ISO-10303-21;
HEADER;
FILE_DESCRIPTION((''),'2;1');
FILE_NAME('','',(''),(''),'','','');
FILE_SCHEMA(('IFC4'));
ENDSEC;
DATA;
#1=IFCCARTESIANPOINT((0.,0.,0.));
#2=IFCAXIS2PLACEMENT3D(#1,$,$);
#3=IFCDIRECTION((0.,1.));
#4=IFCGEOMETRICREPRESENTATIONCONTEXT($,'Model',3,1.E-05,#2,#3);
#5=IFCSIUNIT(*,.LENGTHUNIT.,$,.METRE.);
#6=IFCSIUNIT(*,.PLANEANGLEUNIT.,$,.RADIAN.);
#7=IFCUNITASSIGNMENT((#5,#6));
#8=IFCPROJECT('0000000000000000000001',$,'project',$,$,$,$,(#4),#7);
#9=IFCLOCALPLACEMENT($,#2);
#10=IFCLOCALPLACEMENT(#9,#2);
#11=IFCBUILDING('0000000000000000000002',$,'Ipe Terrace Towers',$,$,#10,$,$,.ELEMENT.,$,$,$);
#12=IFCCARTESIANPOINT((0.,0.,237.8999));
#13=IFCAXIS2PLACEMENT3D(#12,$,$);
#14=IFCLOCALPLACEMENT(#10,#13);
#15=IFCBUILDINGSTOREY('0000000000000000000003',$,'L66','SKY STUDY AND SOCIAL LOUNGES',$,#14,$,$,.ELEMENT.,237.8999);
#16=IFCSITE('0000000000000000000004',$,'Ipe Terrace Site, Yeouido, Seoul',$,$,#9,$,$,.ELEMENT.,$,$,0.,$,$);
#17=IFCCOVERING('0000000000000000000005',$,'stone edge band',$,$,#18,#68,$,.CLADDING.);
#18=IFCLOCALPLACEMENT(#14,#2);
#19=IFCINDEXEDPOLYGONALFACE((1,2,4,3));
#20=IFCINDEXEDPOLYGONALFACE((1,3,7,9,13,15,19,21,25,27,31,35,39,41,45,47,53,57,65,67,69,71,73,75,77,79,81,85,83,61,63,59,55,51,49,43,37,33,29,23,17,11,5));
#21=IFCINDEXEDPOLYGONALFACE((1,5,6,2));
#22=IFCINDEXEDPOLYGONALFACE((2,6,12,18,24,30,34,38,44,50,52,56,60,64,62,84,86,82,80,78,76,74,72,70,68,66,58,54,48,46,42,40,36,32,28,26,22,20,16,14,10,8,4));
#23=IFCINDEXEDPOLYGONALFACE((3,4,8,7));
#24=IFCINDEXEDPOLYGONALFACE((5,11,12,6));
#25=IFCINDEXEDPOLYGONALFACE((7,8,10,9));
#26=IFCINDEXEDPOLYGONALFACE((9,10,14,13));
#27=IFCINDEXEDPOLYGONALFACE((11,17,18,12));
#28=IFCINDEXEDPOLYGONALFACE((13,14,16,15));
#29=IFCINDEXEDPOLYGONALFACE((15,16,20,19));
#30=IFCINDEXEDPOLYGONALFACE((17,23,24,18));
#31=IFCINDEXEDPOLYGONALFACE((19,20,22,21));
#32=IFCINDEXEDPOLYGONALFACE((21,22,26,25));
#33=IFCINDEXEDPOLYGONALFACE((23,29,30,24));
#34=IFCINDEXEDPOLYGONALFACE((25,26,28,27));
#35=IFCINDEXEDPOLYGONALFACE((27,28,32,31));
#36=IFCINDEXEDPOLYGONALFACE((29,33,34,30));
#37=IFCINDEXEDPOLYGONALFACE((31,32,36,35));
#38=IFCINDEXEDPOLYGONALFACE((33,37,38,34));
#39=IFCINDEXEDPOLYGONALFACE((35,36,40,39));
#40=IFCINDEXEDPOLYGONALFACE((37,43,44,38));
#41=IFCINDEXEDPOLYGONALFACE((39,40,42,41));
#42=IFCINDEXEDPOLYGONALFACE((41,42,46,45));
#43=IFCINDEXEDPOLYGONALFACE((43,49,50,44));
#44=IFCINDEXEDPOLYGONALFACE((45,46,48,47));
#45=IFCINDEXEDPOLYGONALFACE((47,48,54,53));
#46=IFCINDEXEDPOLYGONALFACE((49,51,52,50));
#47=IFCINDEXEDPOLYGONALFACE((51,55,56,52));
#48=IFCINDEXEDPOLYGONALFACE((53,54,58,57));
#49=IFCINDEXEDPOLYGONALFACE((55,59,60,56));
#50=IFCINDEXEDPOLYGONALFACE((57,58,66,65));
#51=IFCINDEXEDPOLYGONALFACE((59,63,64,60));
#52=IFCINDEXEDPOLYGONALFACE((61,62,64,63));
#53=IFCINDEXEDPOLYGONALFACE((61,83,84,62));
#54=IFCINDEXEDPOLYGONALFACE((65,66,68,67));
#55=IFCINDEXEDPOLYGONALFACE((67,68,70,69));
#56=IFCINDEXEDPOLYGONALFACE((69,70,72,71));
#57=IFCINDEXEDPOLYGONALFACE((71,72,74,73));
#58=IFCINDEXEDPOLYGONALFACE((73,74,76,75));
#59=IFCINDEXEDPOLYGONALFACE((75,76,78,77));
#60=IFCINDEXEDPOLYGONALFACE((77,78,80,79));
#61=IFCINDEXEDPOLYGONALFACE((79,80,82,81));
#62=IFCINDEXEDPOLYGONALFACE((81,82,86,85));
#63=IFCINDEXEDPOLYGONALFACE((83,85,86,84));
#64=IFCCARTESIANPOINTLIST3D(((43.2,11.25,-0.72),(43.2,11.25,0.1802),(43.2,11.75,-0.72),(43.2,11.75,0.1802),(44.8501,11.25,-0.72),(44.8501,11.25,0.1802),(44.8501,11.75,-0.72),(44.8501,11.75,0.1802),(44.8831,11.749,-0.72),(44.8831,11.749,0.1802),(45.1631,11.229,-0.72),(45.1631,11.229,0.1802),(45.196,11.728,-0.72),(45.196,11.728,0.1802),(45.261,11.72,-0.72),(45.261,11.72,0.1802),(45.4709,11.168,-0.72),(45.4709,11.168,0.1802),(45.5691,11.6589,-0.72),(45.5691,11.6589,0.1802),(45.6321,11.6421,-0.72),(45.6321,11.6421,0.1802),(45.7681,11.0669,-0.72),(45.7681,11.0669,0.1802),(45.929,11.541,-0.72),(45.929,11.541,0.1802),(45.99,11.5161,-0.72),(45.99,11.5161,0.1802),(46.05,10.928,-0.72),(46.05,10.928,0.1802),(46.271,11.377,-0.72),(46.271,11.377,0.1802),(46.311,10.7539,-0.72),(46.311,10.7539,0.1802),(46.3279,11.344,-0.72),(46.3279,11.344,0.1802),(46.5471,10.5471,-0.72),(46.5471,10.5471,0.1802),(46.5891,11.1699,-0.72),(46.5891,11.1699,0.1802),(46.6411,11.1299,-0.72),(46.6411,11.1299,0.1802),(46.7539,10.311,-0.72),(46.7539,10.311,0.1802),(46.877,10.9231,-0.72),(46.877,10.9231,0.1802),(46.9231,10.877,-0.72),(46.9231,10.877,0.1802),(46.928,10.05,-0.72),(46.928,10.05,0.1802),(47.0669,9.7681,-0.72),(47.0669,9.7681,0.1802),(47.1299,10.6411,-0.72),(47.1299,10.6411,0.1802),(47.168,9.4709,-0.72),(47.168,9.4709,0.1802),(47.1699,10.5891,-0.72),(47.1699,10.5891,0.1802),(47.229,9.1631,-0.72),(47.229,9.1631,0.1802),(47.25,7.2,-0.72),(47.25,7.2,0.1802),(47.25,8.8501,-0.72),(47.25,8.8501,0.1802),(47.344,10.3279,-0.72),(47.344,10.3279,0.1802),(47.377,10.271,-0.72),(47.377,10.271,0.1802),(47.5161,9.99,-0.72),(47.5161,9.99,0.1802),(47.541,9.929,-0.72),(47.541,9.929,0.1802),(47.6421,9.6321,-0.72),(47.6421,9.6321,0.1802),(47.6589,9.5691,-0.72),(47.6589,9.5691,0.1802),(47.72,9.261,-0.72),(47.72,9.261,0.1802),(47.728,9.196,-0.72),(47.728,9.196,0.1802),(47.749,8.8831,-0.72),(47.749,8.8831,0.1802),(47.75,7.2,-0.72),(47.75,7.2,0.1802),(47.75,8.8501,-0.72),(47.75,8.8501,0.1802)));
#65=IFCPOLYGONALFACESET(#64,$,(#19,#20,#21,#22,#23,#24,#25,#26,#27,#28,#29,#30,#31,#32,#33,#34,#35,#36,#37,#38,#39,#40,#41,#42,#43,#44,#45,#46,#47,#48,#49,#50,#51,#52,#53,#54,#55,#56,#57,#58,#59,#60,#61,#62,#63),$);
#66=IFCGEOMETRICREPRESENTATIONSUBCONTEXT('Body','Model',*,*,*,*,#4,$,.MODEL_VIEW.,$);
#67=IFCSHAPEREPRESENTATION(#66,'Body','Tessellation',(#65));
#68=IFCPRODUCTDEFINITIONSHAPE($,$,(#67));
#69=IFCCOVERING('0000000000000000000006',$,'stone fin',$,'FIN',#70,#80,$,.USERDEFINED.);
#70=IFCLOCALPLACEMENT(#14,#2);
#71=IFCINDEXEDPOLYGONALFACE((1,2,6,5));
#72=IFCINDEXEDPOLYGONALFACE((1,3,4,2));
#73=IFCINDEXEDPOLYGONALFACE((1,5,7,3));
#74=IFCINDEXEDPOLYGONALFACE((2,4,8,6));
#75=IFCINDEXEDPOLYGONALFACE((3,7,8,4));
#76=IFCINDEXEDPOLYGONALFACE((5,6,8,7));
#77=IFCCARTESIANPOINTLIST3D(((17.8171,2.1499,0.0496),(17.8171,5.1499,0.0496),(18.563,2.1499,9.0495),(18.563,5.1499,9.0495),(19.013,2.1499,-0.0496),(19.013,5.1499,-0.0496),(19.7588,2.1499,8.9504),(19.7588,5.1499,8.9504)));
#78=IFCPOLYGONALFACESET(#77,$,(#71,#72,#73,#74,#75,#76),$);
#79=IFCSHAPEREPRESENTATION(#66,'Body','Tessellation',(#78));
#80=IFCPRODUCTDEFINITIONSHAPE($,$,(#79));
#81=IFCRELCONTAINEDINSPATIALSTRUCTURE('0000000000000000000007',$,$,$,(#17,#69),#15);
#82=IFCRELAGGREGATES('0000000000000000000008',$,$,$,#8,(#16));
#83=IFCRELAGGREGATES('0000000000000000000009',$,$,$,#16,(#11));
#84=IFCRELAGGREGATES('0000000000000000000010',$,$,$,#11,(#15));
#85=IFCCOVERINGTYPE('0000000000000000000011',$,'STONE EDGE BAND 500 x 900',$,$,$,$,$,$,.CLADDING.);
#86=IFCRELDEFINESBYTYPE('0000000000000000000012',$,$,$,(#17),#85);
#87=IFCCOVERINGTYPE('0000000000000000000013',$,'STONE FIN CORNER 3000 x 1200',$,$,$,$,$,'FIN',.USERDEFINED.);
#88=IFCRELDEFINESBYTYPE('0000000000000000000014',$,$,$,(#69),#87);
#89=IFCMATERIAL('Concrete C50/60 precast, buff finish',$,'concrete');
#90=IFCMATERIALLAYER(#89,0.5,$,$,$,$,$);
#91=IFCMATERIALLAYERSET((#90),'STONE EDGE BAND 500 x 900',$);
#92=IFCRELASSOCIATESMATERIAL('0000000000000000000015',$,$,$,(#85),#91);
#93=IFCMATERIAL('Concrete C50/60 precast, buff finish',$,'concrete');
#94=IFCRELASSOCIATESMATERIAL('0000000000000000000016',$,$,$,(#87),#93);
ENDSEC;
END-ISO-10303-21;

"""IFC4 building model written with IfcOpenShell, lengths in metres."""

from ifc_helpers import new_model, si_unit, direction, frame, origin, origin_2d, place, context, subcontext, project, spatial, polyline, rectangle, outline, extrude, material, layer, layer_set, material_profile, profile_set, type_object, element, save


model = new_model("IFC4")

# Units and contexts
model_context = context("Model", 3, precision=1e-05, world=origin(), true_north=direction((0.0, 1.0)))
body_context = subcontext(model_context, "Body", "Model", "MODEL_VIEW")
ifc_project = project(units=[si_unit("LENGTHUNIT", "METRE"), si_unit("PLANEANGLEUNIT", "RADIAN")], contexts=[model_context])

# Site, building, storey
site_placement = place(None, origin())
site = spatial("IfcSite", under=ifc_project, at=site_placement, Name="Ipe Terrace Site, Yeouido, Seoul", CompositionType="ELEMENT", RefElevation=0.0)
building_placement = place(site_placement, origin())
building = spatial("IfcBuilding", under=site, at=building_placement, Name="Ipe Terrace Towers", CompositionType="ELEMENT")
storey_placement = place(building_placement, frame((0.0, 0.0, 237.8999)))
storey = spatial("IfcBuildingStorey", under=building, at=storey_placement, Name="L66", Description="SKY STUDY AND SOCIAL LOUNGES", CompositionType="ELEMENT", Elevation=237.8999)

# Coverings
ifc_material_1 = material(Name="Concrete C50/60 precast, buff finish", Category="concrete")
ifc_layer_1 = layer(ifc_material_1, 0.5)
ifc_layer_set_1 = layer_set([ifc_layer_1], Name="STONE EDGE BAND 500 x 900")
covering_type_1 = type_object("IfcCoveringType", Name="STONE EDGE BAND 500 x 900", PredefinedType="CLADDING", material=ifc_layer_set_1)
covering_1_placement = place(storey_placement, frame((0.0, 0.0, -0.72)))
element("IfcCovering", 1, at=covering_1_placement, inside=storey, type_object=covering_type_1, Name="stone edge band", PredefinedType="CLADDING", context=body_context, shape_type="SweptSolid", body=[
    extrude(outline(polyline([(47.75, 8.8501), (47.749, 8.8831), (47.728, 9.196), (47.72, 9.261), (47.6589, 9.5691), (47.6421, 9.6321), (47.541, 9.929), (47.5161, 9.99), (47.377, 10.271), (47.344, 10.3279), (47.1699, 10.5891), (47.1299, 10.6411), (46.9231, 10.877), (46.877, 10.9231), (46.6411, 11.1299), (46.5891, 11.1699), (46.3279, 11.344), (46.271, 11.377), (45.99, 11.5161), (45.929, 11.541), (45.6321, 11.6421), (45.5691, 11.6589), (45.261, 11.72), (45.196, 11.728), (44.8831, 11.749), (44.8501, 11.75), (43.2, 11.75), (43.2, 11.25), (44.8501, 11.25), (45.1631, 11.229), (45.4709, 11.168), (45.7681, 11.0669), (46.05, 10.928), (46.311, 10.7539), (46.5471, 10.5471), (46.7539, 10.311), (46.928, 10.05), (47.0669, 9.7681), (47.168, 9.4709), (47.229, 9.1631), (47.25, 8.8501), (47.25, 7.2), (47.75, 7.2), (47.75, 8.8501)])), origin(), (0.0, 0.0, 1.0), 0.9001),
])
ifc_material_2 = material(Name="Concrete C50/60 precast, buff finish", Category="concrete")
ifc_material_profile = material_profile(ifc_material_2, rectangle(XDim=3.0, YDim=1.2, at=origin_2d()), Name="STONE FIN CORNER 3000 x 1200")
ifc_profile_set = profile_set([ifc_material_profile], Name="Concrete C50/60 precast, buff finish")
covering_type_2 = type_object("IfcCoveringType", Name="STONE FIN CORNER 3000 x 1200", ElementType="FIN", PredefinedType="USERDEFINED", material=ifc_profile_set)
covering_2_placement = place(storey_placement, frame((18.415, 3.6499, 0.0), z_axis=(0.082589, 0.0, 0.996584), x_axis=(0.0, -1.0, 0.0)))
element("IfcCovering", 2, at=covering_2_placement, inside=storey, type_object=covering_type_2, Name="stone fin", ObjectType="FIN", PredefinedType="USERDEFINED", context=body_context, shape_type="SweptSolid", body=[
    extrude(rectangle(XDim=3.0, YDim=1.2, at=origin_2d()), origin(), (0.0, 0.0, 1.0), 9.0308),
])

save(model, "model.ifc")
